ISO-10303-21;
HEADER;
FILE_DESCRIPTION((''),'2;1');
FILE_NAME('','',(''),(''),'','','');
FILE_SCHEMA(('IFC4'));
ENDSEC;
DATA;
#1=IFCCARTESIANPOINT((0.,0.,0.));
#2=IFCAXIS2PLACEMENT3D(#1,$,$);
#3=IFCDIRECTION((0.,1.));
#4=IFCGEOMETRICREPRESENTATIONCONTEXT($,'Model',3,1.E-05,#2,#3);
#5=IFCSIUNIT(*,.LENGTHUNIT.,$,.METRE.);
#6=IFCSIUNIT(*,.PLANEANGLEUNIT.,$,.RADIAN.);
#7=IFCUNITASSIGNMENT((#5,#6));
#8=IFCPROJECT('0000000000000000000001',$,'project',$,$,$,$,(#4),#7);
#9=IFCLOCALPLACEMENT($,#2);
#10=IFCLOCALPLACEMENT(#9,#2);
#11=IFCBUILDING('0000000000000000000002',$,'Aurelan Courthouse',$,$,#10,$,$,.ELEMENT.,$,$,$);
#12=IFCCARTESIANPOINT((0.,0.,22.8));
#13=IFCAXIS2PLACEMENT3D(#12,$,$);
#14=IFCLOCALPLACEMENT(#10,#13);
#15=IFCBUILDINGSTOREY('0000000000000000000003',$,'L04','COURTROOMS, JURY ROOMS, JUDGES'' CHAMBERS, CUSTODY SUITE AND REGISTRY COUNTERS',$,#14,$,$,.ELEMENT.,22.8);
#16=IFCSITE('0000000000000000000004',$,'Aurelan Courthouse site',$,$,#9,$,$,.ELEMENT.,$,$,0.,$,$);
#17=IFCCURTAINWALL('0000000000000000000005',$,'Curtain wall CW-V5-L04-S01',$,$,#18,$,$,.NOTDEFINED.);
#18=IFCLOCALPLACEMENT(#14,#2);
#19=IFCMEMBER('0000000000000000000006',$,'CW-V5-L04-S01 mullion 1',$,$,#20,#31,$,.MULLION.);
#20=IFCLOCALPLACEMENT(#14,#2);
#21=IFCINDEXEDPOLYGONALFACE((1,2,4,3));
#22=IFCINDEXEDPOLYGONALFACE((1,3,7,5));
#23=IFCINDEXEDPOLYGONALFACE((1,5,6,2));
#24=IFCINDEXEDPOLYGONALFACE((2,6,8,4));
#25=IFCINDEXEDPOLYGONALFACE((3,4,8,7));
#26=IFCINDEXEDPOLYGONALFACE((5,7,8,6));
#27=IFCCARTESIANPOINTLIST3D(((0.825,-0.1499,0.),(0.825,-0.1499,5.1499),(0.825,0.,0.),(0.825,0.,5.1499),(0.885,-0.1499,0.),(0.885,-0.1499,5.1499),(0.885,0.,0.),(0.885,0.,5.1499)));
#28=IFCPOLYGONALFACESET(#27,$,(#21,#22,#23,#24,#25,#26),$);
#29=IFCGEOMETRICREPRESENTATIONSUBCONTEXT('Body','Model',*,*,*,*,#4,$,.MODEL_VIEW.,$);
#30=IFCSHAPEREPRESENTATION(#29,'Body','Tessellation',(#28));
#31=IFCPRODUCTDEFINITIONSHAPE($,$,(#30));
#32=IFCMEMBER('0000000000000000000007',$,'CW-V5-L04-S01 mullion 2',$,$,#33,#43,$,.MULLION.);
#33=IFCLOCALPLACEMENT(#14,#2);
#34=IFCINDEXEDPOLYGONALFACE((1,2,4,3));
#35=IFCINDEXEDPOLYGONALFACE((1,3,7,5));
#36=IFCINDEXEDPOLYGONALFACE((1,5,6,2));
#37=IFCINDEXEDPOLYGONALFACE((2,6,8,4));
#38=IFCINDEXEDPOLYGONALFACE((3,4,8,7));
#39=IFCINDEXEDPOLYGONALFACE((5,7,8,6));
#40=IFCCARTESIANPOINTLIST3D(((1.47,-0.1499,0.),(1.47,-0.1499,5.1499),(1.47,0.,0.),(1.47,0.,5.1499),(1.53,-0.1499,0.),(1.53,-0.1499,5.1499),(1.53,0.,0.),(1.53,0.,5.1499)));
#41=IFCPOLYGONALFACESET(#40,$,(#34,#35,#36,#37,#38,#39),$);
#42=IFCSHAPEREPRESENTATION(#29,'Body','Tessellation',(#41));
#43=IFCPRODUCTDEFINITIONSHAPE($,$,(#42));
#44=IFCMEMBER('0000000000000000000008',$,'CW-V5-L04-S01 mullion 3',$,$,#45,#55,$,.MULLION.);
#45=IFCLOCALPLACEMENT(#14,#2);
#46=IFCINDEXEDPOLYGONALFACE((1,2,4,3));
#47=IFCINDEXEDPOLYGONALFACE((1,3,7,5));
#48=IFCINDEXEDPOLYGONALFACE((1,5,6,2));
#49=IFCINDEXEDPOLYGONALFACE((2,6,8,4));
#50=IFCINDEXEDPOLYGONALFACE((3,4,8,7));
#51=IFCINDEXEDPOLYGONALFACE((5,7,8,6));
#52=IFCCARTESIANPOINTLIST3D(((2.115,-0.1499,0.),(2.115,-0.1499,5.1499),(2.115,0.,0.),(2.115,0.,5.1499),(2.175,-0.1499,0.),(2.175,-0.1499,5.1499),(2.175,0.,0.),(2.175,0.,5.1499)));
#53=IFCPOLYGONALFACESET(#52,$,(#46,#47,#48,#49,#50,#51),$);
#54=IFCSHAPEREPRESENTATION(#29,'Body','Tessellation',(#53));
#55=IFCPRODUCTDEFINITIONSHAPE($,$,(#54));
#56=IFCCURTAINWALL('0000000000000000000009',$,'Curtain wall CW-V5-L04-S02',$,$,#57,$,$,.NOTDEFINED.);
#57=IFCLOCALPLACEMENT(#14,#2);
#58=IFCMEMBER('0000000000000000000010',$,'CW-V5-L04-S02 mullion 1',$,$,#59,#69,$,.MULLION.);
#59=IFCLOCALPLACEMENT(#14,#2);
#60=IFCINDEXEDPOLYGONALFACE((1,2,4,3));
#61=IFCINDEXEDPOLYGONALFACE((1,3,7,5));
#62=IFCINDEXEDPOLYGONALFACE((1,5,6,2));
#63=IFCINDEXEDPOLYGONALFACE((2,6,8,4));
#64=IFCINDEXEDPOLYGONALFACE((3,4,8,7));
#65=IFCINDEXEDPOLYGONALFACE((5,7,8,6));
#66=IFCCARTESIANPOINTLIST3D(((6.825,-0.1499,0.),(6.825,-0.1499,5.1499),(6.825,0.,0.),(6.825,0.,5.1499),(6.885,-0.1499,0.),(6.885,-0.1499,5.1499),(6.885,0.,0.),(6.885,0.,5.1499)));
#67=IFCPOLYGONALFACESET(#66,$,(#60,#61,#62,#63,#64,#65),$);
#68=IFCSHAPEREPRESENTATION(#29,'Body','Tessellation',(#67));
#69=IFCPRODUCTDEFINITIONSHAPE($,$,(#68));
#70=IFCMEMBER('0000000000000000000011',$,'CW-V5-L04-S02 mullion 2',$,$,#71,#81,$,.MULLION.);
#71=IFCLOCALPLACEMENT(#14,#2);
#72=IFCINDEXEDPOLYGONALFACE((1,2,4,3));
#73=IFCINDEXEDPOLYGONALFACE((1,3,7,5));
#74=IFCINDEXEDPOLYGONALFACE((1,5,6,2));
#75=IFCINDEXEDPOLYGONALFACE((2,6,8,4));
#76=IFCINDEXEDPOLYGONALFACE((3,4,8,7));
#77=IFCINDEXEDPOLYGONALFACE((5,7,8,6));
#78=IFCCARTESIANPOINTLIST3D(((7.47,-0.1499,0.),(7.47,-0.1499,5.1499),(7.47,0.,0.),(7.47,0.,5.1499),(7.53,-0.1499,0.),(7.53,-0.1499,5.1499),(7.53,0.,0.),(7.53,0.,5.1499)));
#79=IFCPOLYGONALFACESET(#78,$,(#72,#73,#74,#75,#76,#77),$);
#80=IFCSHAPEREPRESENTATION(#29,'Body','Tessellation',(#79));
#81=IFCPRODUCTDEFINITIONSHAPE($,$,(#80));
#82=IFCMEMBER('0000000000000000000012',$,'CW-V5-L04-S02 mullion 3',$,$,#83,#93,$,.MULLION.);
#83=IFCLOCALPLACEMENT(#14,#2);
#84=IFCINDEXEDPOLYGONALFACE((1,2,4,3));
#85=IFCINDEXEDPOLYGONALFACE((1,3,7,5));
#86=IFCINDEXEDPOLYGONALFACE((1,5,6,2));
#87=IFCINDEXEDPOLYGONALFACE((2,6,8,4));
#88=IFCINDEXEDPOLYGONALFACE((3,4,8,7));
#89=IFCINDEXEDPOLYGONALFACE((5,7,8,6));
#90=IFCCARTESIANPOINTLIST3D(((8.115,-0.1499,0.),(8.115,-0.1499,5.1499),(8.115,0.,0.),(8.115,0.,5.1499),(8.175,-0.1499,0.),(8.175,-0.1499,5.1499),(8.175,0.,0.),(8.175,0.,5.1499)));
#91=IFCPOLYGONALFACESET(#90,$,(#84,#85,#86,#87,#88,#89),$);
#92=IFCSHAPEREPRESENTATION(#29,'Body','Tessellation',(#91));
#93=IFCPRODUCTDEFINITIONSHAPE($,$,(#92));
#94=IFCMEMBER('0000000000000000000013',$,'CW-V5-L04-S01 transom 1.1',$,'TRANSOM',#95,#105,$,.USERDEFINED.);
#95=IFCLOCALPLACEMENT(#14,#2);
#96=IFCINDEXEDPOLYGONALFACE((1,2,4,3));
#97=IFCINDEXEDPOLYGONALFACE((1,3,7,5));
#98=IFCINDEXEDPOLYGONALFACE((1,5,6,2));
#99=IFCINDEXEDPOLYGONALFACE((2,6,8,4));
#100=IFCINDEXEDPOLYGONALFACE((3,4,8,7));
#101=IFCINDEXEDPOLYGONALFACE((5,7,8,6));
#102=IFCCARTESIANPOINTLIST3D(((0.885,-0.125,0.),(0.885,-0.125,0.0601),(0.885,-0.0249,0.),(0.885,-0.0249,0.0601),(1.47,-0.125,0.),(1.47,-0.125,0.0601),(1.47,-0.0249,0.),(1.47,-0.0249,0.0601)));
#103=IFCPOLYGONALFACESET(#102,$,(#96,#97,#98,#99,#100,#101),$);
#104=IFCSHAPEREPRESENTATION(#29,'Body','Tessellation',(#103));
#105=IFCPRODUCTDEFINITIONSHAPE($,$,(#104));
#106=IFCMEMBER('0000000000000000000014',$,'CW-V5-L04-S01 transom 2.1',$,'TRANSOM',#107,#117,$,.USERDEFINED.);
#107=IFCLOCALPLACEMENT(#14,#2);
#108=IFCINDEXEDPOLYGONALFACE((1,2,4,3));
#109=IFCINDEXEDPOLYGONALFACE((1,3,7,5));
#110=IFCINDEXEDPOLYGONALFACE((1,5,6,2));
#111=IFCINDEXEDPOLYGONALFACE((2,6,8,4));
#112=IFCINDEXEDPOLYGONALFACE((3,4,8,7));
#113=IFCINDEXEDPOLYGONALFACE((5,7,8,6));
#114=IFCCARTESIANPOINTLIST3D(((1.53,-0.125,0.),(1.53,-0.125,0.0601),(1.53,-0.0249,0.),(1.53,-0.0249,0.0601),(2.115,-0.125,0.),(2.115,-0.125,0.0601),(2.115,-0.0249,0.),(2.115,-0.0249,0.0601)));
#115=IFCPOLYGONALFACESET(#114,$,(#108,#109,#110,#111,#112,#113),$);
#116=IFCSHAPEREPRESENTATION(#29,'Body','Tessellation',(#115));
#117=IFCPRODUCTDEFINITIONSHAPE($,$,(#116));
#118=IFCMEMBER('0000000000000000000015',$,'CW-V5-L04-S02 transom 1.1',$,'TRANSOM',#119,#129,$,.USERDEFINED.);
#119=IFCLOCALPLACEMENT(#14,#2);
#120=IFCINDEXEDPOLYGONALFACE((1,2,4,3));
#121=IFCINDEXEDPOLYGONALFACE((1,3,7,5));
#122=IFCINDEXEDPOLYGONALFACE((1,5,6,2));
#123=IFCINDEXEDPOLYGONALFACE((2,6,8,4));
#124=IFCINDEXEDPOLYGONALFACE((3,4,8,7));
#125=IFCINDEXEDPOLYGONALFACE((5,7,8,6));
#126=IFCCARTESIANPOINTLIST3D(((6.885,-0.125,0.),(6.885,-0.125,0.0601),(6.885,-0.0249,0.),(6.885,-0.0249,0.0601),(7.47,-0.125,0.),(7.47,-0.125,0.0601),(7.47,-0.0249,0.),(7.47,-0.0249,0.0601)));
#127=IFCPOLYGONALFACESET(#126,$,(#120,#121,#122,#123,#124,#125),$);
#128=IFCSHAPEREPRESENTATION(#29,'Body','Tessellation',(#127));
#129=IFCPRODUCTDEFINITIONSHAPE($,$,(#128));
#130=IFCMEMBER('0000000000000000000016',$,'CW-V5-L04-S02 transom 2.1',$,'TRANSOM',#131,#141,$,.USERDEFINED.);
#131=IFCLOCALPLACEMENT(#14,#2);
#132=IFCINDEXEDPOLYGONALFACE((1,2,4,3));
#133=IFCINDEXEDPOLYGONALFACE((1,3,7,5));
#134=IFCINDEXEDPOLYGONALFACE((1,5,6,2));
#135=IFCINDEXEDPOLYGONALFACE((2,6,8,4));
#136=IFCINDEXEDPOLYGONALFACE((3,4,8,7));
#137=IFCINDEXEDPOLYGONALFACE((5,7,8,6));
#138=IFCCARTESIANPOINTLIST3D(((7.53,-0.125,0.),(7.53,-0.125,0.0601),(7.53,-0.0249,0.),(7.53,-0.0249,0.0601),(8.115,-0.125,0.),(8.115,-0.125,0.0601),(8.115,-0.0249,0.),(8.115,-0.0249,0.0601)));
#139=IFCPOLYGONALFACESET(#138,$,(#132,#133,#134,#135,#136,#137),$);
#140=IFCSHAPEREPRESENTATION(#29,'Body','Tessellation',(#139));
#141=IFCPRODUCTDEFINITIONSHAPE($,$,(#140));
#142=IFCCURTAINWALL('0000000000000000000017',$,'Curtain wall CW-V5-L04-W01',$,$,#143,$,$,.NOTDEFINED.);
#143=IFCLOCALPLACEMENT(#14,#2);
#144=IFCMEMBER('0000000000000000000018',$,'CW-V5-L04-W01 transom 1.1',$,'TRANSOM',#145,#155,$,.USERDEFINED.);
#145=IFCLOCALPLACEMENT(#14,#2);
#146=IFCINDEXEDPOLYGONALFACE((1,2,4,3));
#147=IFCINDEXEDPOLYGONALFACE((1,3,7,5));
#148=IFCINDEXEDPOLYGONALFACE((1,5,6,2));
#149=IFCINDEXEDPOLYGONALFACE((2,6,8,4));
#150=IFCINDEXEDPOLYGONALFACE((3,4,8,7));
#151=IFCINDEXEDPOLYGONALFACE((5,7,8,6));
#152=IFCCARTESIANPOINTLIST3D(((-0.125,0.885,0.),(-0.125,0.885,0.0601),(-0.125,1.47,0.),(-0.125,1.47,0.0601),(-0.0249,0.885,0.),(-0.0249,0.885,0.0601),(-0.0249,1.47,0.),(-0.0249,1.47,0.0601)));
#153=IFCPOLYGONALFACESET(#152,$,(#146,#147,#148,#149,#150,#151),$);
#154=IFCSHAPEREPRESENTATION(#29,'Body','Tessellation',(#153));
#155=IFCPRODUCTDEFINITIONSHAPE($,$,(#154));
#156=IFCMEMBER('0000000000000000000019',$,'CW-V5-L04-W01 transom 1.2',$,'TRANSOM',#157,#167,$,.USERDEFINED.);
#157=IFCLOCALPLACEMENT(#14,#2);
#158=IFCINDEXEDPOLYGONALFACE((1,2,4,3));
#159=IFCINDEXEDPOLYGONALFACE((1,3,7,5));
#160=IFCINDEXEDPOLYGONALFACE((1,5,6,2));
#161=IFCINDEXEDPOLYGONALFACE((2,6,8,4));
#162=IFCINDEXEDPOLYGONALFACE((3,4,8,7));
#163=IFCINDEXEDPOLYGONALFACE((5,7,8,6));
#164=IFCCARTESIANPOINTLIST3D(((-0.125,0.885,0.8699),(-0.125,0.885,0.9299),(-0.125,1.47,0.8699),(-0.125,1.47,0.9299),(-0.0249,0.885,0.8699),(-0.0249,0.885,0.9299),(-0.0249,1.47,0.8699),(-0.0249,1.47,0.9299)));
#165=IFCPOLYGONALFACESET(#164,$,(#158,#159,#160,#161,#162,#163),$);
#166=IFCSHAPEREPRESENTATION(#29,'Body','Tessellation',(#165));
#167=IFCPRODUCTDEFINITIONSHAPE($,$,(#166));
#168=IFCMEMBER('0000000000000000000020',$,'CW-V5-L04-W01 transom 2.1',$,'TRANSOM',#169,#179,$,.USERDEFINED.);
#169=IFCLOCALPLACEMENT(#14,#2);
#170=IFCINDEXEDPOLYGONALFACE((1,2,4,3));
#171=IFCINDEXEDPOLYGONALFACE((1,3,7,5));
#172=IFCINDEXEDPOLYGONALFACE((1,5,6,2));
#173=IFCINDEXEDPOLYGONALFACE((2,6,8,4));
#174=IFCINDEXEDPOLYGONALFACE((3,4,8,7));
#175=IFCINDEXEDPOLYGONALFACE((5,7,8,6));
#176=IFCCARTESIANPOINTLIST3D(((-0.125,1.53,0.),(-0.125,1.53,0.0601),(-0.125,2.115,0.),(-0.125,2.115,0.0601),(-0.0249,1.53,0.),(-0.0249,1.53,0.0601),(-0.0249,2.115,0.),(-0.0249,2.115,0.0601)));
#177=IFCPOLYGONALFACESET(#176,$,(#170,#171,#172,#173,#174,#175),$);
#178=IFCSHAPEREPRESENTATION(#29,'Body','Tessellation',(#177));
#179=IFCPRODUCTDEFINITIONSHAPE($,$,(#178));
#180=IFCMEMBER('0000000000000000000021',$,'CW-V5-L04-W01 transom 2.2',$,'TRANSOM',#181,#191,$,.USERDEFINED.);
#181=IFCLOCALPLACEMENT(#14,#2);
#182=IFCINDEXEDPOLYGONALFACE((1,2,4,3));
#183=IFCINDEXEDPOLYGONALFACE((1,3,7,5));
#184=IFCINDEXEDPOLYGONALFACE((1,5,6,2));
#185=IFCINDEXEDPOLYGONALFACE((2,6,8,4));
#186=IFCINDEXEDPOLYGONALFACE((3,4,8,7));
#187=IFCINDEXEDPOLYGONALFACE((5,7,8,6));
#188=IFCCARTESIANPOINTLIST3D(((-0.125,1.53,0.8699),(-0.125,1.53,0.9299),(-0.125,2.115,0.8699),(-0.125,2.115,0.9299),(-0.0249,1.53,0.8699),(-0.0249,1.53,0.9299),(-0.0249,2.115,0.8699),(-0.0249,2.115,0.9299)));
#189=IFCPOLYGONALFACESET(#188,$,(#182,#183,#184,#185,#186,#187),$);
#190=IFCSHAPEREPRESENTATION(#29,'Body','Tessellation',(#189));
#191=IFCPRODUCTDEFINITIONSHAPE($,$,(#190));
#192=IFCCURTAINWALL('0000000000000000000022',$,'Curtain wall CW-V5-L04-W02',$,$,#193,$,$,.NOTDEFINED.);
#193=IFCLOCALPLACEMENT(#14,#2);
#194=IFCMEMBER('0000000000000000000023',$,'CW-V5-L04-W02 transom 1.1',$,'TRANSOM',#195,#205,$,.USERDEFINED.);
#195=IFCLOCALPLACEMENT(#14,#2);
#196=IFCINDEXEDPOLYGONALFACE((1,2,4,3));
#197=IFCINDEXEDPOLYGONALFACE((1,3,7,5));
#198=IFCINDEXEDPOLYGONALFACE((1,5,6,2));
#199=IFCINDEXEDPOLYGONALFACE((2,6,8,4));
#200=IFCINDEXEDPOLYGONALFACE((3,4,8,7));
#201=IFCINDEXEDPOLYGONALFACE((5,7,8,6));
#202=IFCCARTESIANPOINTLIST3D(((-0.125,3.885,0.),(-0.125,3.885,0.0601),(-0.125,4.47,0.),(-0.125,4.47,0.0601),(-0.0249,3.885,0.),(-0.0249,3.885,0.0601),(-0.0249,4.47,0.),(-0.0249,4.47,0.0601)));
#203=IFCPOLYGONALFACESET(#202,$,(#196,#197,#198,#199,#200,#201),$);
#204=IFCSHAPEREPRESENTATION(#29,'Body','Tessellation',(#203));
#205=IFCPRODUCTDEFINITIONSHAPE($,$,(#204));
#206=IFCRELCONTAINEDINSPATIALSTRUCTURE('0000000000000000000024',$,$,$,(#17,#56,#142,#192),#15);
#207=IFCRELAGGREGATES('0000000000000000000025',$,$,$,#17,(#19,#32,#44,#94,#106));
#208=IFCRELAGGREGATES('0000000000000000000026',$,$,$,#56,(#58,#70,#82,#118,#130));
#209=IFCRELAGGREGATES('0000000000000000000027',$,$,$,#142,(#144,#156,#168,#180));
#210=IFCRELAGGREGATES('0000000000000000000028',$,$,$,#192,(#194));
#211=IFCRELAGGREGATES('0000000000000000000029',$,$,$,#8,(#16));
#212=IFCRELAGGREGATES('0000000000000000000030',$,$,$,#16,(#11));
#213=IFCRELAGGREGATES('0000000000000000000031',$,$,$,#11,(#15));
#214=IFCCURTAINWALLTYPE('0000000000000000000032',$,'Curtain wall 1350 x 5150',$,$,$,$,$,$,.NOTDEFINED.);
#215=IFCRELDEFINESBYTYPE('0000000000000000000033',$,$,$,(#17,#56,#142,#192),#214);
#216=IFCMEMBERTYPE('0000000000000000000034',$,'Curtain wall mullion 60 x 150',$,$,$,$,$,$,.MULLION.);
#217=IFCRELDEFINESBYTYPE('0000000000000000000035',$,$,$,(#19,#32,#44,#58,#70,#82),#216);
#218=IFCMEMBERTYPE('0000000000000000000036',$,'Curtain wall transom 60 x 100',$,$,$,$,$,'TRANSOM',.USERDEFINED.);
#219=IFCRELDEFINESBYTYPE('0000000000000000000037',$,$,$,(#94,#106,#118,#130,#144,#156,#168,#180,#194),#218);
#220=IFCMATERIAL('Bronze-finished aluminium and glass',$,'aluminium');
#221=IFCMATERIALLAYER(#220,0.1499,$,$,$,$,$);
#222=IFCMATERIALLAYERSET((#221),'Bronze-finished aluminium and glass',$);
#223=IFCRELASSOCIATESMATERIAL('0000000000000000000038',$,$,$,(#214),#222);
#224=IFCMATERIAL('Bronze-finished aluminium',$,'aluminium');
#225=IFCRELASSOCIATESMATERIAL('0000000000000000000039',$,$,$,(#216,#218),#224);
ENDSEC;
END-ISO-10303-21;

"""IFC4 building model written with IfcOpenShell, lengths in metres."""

from ifc_helpers import new_model, si_unit, direction, frame, origin, origin_2d, place, context, subcontext, project, spatial, rectangle, extrude, material, layer, layer_set, material_profile, profile_set, type_object, element, aggregate, save


model = new_model("IFC4")

# Units and contexts
model_context = context("Model", 3, precision=1e-05, world=origin(), true_north=direction((0.0, 1.0)))
body_context = subcontext(model_context, "Body", "Model", "MODEL_VIEW")
ifc_project = project(units=[si_unit("LENGTHUNIT", "METRE"), si_unit("PLANEANGLEUNIT", "RADIAN")], contexts=[model_context])

# Site, building, storey
site_placement = place(None, origin())
site = spatial("IfcSite", under=ifc_project, at=site_placement, Name="Aurelan Courthouse site", CompositionType="ELEMENT", RefElevation=0.0)
building_placement = place(site_placement, origin())
building = spatial("IfcBuilding", under=site, at=building_placement, Name="Aurelan Courthouse", CompositionType="ELEMENT")
storey_placement = place(building_placement, frame((0.0, 0.0, 22.8)))
storey = spatial("IfcBuildingStorey", under=building, at=storey_placement, Name="L04", Description="COURTROOMS, JURY ROOMS, JUDGES' CHAMBERS, CUSTODY SUITE AND REGISTRY COUNTERS", CompositionType="ELEMENT", Elevation=22.8)

# Curtain walls, members
ifc_material_1 = material(Name="Bronze-finished aluminium and glass", Category="aluminium")
ifc_layer_1 = layer(ifc_material_1, 0.1499)
ifc_layer_set_1 = layer_set([ifc_layer_1], Name="Bronze-finished aluminium and glass")
curtain_wall_type = type_object("IfcCurtainWallType", Name="Curtain wall 1350 x 5150", PredefinedType="NOTDEFINED", material=ifc_layer_set_1)
curtain_wall_1_placement = place(storey_placement, origin())
curtain_wall_1 = element("IfcCurtainWall", 1, at=curtain_wall_1_placement, inside=storey, type_object=curtain_wall_type, Name="Curtain wall CW-V5-L04-S01", PredefinedType="NOTDEFINED")
ifc_material_2 = material(Name="Bronze-finished aluminium", Category="aluminium")
ifc_material_profile_1 = material_profile(ifc_material_2, rectangle(XDim=0.1499, YDim=0.0601, at=origin_2d()), Name="Bronze mullion 60 x 150")
ifc_profile_set_1 = profile_set([ifc_material_profile_1], Name="Bronze-finished aluminium")
member_type_1 = type_object("IfcMemberType", Name="Curtain wall mullion 60 x 150", PredefinedType="MULLION", material=ifc_profile_set_1)
member_1_placement = place(storey_placement, frame((0.855, -0.075, 0.0), z_axis=(0.0, 0.0, 1.0), x_axis=(0.0, 1.0, 0.0)))
member_1 = element("IfcMember", 2, at=member_1_placement, type_object=member_type_1, Name="CW-V5-L04-S01 mullion 1", PredefinedType="MULLION", context=body_context, shape_type="SweptSolid", body=[
    extrude(rectangle(XDim=0.1499, YDim=0.0601, at=origin_2d()), origin(), (0.0, 0.0, 1.0), 5.1499),
])
member_2_placement = place(storey_placement, frame((1.5, -0.075, 0.0), z_axis=(0.0, 0.0, 1.0), x_axis=(0.0, 1.0, 0.0)))
member_2 = element("IfcMember", 3, at=member_2_placement, type_object=member_type_1, Name="CW-V5-L04-S01 mullion 2", PredefinedType="MULLION", context=body_context, shape_type="SweptSolid", body=[
    extrude(rectangle(XDim=0.1499, YDim=0.0601, at=origin_2d()), origin(), (0.0, 0.0, 1.0), 5.1499),
])
member_3_placement = place(storey_placement, frame((2.145, -0.075, 0.0), z_axis=(0.0, 0.0, 1.0), x_axis=(0.0, 1.0, 0.0)))
member_3 = element("IfcMember", 4, at=member_3_placement, type_object=member_type_1, Name="CW-V5-L04-S01 mullion 3", PredefinedType="MULLION", context=body_context, shape_type="SweptSolid", body=[
    extrude(rectangle(XDim=0.1499, YDim=0.0601, at=origin_2d()), origin(), (0.0, 0.0, 1.0), 5.1499),
])
curtain_wall_2_placement = place(storey_placement, origin())
curtain_wall_2 = element("IfcCurtainWall", 5, at=curtain_wall_2_placement, inside=storey, type_object=curtain_wall_type, Name="Curtain wall CW-V5-L04-S02", PredefinedType="NOTDEFINED")
member_4_placement = place(storey_placement, frame((6.855, -0.075, 0.0), z_axis=(0.0, 0.0, 1.0), x_axis=(0.0, 1.0, 0.0)))
member_4 = element("IfcMember", 6, at=member_4_placement, type_object=member_type_1, Name="CW-V5-L04-S02 mullion 1", PredefinedType="MULLION", context=body_context, shape_type="SweptSolid", body=[
    extrude(rectangle(XDim=0.1499, YDim=0.0601, at=origin_2d()), origin(), (0.0, 0.0, 1.0), 5.1499),
])
member_5_placement = place(storey_placement, frame((7.5, -0.075, 0.0), z_axis=(0.0, 0.0, 1.0), x_axis=(0.0, 1.0, 0.0)))
member_5 = element("IfcMember", 7, at=member_5_placement, type_object=member_type_1, Name="CW-V5-L04-S02 mullion 2", PredefinedType="MULLION", context=body_context, shape_type="SweptSolid", body=[
    extrude(rectangle(XDim=0.1499, YDim=0.0601, at=origin_2d()), origin(), (0.0, 0.0, 1.0), 5.1499),
])
member_6_placement = place(storey_placement, frame((8.145, -0.075, 0.0), z_axis=(0.0, 0.0, 1.0), x_axis=(0.0, 1.0, 0.0)))
member_6 = element("IfcMember", 8, at=member_6_placement, type_object=member_type_1, Name="CW-V5-L04-S02 mullion 3", PredefinedType="MULLION", context=body_context, shape_type="SweptSolid", body=[
    extrude(rectangle(XDim=0.1499, YDim=0.0601, at=origin_2d()), origin(), (0.0, 0.0, 1.0), 5.1499),
])

# Members
ifc_material_profile_2 = material_profile(ifc_material_2, rectangle(XDim=0.1001, YDim=0.0601, at=origin_2d()), Name="Bronze transom 60 x 100")
ifc_profile_set_2 = profile_set([ifc_material_profile_2], Name="Bronze-finished aluminium")
member_type_2 = type_object("IfcMemberType", Name="Curtain wall transom 60 x 100", ElementType="TRANSOM", PredefinedType="USERDEFINED", material=ifc_profile_set_2)
member_7_placement = place(storey_placement, frame((0.885, -0.075, 0.03), z_axis=(1.0, 0.0, 0.0), x_axis=(0.0, 1.0, 0.0)))
member_7 = element("IfcMember", 9, at=member_7_placement, type_object=member_type_2, Name="CW-V5-L04-S01 transom 1.1", ObjectType="TRANSOM", PredefinedType="USERDEFINED", context=body_context, shape_type="SweptSolid", body=[
    extrude(rectangle(XDim=0.1001, YDim=0.0601, at=origin_2d()), origin(), (0.0, 0.0, 1.0), 0.585),
])
member_8_placement = place(storey_placement, frame((1.53, -0.075, 0.03), z_axis=(1.0, 0.0, 0.0), x_axis=(0.0, 1.0, 0.0)))
member_8 = element("IfcMember", 10, at=member_8_placement, type_object=member_type_2, Name="CW-V5-L04-S01 transom 2.1", ObjectType="TRANSOM", PredefinedType="USERDEFINED", context=body_context, shape_type="SweptSolid", body=[
    extrude(rectangle(XDim=0.1001, YDim=0.0601, at=origin_2d()), origin(), (0.0, 0.0, 1.0), 0.585),
])
member_9_placement = place(storey_placement, frame((6.885, -0.075, 0.03), z_axis=(1.0, 0.0, 0.0), x_axis=(0.0, 1.0, 0.0)))
member_9 = element("IfcMember", 11, at=member_9_placement, type_object=member_type_2, Name="CW-V5-L04-S02 transom 1.1", ObjectType="TRANSOM", PredefinedType="USERDEFINED", context=body_context, shape_type="SweptSolid", body=[
    extrude(rectangle(XDim=0.1001, YDim=0.0601, at=origin_2d()), origin(), (0.0, 0.0, 1.0), 0.585),
])
member_10_placement = place(storey_placement, frame((7.53, -0.075, 0.03), z_axis=(1.0, 0.0, 0.0), x_axis=(0.0, 1.0, 0.0)))
member_10 = element("IfcMember", 12, at=member_10_placement, type_object=member_type_2, Name="CW-V5-L04-S02 transom 2.1", ObjectType="TRANSOM", PredefinedType="USERDEFINED", context=body_context, shape_type="SweptSolid", body=[
    extrude(rectangle(XDim=0.1001, YDim=0.0601, at=origin_2d()), origin(), (0.0, 0.0, 1.0), 0.585),
])

# Curtain walls, members
curtain_wall_3_placement = place(storey_placement, origin())
curtain_wall_3 = element("IfcCurtainWall", 13, at=curtain_wall_3_placement, inside=storey, type_object=curtain_wall_type, Name="Curtain wall CW-V5-L04-W01", PredefinedType="NOTDEFINED")
member_11_placement = place(storey_placement, frame((-0.075, 0.885, 0.03), z_axis=(0.0, 1.0, 0.0), x_axis=(-1.0, 0.0, 0.0)))
member_11 = element("IfcMember", 14, at=member_11_placement, type_object=member_type_2, Name="CW-V5-L04-W01 transom 1.1", ObjectType="TRANSOM", PredefinedType="USERDEFINED", context=body_context, shape_type="SweptSolid", body=[
    extrude(rectangle(XDim=0.1001, YDim=0.0601, at=origin_2d()), origin(), (0.0, 0.0, 1.0), 0.585),
])
member_12_placement = place(storey_placement, frame((-0.075, 0.885, 0.8999), z_axis=(0.0, 1.0, 0.0), x_axis=(-1.0, 0.0, 0.0)))
member_12 = element("IfcMember", 15, at=member_12_placement, type_object=member_type_2, Name="CW-V5-L04-W01 transom 1.2", ObjectType="TRANSOM", PredefinedType="USERDEFINED", context=body_context, shape_type="SweptSolid", body=[
    extrude(rectangle(XDim=0.1001, YDim=0.0601, at=origin_2d()), origin(), (0.0, 0.0, 1.0), 0.585),
])
member_13_placement = place(storey_placement, frame((-0.075, 1.53, 0.03), z_axis=(0.0, 1.0, 0.0), x_axis=(-1.0, 0.0, 0.0)))
member_13 = element("IfcMember", 16, at=member_13_placement, type_object=member_type_2, Name="CW-V5-L04-W01 transom 2.1", ObjectType="TRANSOM", PredefinedType="USERDEFINED", context=body_context, shape_type="SweptSolid", body=[
    extrude(rectangle(XDim=0.1001, YDim=0.0601, at=origin_2d()), origin(), (0.0, 0.0, 1.0), 0.585),
])
member_14_placement = place(storey_placement, frame((-0.075, 1.53, 0.8999), z_axis=(0.0, 1.0, 0.0), x_axis=(-1.0, 0.0, 0.0)))
member_14 = element("IfcMember", 17, at=member_14_placement, type_object=member_type_2, Name="CW-V5-L04-W01 transom 2.2", ObjectType="TRANSOM", PredefinedType="USERDEFINED", context=body_context, shape_type="SweptSolid", body=[
    extrude(rectangle(XDim=0.1001, YDim=0.0601, at=origin_2d()), origin(), (0.0, 0.0, 1.0), 0.585),
])
curtain_wall_4_placement = place(storey_placement, origin())
curtain_wall_4 = element("IfcCurtainWall", 18, at=curtain_wall_4_placement, inside=storey, type_object=curtain_wall_type, Name="Curtain wall CW-V5-L04-W02", PredefinedType="NOTDEFINED")
member_15_placement = place(storey_placement, frame((-0.075, 3.885, 0.03), z_axis=(0.0, 1.0, 0.0), x_axis=(-1.0, 0.0, 0.0)))
member_15 = element("IfcMember", 19, at=member_15_placement, type_object=member_type_2, Name="CW-V5-L04-W02 transom 1.1", ObjectType="TRANSOM", PredefinedType="USERDEFINED", context=body_context, shape_type="SweptSolid", body=[
    extrude(rectangle(XDim=0.1001, YDim=0.0601, at=origin_2d()), origin(), (0.0, 0.0, 1.0), 0.585),
])

aggregate(curtain_wall_1, [member_1, member_2, member_3, member_7, member_8])
aggregate(curtain_wall_2, [member_4, member_5, member_6, member_9, member_10])
aggregate(curtain_wall_3, [member_11, member_12, member_13, member_14])
aggregate(curtain_wall_4, [member_15])

save(model, "model.ifc")
